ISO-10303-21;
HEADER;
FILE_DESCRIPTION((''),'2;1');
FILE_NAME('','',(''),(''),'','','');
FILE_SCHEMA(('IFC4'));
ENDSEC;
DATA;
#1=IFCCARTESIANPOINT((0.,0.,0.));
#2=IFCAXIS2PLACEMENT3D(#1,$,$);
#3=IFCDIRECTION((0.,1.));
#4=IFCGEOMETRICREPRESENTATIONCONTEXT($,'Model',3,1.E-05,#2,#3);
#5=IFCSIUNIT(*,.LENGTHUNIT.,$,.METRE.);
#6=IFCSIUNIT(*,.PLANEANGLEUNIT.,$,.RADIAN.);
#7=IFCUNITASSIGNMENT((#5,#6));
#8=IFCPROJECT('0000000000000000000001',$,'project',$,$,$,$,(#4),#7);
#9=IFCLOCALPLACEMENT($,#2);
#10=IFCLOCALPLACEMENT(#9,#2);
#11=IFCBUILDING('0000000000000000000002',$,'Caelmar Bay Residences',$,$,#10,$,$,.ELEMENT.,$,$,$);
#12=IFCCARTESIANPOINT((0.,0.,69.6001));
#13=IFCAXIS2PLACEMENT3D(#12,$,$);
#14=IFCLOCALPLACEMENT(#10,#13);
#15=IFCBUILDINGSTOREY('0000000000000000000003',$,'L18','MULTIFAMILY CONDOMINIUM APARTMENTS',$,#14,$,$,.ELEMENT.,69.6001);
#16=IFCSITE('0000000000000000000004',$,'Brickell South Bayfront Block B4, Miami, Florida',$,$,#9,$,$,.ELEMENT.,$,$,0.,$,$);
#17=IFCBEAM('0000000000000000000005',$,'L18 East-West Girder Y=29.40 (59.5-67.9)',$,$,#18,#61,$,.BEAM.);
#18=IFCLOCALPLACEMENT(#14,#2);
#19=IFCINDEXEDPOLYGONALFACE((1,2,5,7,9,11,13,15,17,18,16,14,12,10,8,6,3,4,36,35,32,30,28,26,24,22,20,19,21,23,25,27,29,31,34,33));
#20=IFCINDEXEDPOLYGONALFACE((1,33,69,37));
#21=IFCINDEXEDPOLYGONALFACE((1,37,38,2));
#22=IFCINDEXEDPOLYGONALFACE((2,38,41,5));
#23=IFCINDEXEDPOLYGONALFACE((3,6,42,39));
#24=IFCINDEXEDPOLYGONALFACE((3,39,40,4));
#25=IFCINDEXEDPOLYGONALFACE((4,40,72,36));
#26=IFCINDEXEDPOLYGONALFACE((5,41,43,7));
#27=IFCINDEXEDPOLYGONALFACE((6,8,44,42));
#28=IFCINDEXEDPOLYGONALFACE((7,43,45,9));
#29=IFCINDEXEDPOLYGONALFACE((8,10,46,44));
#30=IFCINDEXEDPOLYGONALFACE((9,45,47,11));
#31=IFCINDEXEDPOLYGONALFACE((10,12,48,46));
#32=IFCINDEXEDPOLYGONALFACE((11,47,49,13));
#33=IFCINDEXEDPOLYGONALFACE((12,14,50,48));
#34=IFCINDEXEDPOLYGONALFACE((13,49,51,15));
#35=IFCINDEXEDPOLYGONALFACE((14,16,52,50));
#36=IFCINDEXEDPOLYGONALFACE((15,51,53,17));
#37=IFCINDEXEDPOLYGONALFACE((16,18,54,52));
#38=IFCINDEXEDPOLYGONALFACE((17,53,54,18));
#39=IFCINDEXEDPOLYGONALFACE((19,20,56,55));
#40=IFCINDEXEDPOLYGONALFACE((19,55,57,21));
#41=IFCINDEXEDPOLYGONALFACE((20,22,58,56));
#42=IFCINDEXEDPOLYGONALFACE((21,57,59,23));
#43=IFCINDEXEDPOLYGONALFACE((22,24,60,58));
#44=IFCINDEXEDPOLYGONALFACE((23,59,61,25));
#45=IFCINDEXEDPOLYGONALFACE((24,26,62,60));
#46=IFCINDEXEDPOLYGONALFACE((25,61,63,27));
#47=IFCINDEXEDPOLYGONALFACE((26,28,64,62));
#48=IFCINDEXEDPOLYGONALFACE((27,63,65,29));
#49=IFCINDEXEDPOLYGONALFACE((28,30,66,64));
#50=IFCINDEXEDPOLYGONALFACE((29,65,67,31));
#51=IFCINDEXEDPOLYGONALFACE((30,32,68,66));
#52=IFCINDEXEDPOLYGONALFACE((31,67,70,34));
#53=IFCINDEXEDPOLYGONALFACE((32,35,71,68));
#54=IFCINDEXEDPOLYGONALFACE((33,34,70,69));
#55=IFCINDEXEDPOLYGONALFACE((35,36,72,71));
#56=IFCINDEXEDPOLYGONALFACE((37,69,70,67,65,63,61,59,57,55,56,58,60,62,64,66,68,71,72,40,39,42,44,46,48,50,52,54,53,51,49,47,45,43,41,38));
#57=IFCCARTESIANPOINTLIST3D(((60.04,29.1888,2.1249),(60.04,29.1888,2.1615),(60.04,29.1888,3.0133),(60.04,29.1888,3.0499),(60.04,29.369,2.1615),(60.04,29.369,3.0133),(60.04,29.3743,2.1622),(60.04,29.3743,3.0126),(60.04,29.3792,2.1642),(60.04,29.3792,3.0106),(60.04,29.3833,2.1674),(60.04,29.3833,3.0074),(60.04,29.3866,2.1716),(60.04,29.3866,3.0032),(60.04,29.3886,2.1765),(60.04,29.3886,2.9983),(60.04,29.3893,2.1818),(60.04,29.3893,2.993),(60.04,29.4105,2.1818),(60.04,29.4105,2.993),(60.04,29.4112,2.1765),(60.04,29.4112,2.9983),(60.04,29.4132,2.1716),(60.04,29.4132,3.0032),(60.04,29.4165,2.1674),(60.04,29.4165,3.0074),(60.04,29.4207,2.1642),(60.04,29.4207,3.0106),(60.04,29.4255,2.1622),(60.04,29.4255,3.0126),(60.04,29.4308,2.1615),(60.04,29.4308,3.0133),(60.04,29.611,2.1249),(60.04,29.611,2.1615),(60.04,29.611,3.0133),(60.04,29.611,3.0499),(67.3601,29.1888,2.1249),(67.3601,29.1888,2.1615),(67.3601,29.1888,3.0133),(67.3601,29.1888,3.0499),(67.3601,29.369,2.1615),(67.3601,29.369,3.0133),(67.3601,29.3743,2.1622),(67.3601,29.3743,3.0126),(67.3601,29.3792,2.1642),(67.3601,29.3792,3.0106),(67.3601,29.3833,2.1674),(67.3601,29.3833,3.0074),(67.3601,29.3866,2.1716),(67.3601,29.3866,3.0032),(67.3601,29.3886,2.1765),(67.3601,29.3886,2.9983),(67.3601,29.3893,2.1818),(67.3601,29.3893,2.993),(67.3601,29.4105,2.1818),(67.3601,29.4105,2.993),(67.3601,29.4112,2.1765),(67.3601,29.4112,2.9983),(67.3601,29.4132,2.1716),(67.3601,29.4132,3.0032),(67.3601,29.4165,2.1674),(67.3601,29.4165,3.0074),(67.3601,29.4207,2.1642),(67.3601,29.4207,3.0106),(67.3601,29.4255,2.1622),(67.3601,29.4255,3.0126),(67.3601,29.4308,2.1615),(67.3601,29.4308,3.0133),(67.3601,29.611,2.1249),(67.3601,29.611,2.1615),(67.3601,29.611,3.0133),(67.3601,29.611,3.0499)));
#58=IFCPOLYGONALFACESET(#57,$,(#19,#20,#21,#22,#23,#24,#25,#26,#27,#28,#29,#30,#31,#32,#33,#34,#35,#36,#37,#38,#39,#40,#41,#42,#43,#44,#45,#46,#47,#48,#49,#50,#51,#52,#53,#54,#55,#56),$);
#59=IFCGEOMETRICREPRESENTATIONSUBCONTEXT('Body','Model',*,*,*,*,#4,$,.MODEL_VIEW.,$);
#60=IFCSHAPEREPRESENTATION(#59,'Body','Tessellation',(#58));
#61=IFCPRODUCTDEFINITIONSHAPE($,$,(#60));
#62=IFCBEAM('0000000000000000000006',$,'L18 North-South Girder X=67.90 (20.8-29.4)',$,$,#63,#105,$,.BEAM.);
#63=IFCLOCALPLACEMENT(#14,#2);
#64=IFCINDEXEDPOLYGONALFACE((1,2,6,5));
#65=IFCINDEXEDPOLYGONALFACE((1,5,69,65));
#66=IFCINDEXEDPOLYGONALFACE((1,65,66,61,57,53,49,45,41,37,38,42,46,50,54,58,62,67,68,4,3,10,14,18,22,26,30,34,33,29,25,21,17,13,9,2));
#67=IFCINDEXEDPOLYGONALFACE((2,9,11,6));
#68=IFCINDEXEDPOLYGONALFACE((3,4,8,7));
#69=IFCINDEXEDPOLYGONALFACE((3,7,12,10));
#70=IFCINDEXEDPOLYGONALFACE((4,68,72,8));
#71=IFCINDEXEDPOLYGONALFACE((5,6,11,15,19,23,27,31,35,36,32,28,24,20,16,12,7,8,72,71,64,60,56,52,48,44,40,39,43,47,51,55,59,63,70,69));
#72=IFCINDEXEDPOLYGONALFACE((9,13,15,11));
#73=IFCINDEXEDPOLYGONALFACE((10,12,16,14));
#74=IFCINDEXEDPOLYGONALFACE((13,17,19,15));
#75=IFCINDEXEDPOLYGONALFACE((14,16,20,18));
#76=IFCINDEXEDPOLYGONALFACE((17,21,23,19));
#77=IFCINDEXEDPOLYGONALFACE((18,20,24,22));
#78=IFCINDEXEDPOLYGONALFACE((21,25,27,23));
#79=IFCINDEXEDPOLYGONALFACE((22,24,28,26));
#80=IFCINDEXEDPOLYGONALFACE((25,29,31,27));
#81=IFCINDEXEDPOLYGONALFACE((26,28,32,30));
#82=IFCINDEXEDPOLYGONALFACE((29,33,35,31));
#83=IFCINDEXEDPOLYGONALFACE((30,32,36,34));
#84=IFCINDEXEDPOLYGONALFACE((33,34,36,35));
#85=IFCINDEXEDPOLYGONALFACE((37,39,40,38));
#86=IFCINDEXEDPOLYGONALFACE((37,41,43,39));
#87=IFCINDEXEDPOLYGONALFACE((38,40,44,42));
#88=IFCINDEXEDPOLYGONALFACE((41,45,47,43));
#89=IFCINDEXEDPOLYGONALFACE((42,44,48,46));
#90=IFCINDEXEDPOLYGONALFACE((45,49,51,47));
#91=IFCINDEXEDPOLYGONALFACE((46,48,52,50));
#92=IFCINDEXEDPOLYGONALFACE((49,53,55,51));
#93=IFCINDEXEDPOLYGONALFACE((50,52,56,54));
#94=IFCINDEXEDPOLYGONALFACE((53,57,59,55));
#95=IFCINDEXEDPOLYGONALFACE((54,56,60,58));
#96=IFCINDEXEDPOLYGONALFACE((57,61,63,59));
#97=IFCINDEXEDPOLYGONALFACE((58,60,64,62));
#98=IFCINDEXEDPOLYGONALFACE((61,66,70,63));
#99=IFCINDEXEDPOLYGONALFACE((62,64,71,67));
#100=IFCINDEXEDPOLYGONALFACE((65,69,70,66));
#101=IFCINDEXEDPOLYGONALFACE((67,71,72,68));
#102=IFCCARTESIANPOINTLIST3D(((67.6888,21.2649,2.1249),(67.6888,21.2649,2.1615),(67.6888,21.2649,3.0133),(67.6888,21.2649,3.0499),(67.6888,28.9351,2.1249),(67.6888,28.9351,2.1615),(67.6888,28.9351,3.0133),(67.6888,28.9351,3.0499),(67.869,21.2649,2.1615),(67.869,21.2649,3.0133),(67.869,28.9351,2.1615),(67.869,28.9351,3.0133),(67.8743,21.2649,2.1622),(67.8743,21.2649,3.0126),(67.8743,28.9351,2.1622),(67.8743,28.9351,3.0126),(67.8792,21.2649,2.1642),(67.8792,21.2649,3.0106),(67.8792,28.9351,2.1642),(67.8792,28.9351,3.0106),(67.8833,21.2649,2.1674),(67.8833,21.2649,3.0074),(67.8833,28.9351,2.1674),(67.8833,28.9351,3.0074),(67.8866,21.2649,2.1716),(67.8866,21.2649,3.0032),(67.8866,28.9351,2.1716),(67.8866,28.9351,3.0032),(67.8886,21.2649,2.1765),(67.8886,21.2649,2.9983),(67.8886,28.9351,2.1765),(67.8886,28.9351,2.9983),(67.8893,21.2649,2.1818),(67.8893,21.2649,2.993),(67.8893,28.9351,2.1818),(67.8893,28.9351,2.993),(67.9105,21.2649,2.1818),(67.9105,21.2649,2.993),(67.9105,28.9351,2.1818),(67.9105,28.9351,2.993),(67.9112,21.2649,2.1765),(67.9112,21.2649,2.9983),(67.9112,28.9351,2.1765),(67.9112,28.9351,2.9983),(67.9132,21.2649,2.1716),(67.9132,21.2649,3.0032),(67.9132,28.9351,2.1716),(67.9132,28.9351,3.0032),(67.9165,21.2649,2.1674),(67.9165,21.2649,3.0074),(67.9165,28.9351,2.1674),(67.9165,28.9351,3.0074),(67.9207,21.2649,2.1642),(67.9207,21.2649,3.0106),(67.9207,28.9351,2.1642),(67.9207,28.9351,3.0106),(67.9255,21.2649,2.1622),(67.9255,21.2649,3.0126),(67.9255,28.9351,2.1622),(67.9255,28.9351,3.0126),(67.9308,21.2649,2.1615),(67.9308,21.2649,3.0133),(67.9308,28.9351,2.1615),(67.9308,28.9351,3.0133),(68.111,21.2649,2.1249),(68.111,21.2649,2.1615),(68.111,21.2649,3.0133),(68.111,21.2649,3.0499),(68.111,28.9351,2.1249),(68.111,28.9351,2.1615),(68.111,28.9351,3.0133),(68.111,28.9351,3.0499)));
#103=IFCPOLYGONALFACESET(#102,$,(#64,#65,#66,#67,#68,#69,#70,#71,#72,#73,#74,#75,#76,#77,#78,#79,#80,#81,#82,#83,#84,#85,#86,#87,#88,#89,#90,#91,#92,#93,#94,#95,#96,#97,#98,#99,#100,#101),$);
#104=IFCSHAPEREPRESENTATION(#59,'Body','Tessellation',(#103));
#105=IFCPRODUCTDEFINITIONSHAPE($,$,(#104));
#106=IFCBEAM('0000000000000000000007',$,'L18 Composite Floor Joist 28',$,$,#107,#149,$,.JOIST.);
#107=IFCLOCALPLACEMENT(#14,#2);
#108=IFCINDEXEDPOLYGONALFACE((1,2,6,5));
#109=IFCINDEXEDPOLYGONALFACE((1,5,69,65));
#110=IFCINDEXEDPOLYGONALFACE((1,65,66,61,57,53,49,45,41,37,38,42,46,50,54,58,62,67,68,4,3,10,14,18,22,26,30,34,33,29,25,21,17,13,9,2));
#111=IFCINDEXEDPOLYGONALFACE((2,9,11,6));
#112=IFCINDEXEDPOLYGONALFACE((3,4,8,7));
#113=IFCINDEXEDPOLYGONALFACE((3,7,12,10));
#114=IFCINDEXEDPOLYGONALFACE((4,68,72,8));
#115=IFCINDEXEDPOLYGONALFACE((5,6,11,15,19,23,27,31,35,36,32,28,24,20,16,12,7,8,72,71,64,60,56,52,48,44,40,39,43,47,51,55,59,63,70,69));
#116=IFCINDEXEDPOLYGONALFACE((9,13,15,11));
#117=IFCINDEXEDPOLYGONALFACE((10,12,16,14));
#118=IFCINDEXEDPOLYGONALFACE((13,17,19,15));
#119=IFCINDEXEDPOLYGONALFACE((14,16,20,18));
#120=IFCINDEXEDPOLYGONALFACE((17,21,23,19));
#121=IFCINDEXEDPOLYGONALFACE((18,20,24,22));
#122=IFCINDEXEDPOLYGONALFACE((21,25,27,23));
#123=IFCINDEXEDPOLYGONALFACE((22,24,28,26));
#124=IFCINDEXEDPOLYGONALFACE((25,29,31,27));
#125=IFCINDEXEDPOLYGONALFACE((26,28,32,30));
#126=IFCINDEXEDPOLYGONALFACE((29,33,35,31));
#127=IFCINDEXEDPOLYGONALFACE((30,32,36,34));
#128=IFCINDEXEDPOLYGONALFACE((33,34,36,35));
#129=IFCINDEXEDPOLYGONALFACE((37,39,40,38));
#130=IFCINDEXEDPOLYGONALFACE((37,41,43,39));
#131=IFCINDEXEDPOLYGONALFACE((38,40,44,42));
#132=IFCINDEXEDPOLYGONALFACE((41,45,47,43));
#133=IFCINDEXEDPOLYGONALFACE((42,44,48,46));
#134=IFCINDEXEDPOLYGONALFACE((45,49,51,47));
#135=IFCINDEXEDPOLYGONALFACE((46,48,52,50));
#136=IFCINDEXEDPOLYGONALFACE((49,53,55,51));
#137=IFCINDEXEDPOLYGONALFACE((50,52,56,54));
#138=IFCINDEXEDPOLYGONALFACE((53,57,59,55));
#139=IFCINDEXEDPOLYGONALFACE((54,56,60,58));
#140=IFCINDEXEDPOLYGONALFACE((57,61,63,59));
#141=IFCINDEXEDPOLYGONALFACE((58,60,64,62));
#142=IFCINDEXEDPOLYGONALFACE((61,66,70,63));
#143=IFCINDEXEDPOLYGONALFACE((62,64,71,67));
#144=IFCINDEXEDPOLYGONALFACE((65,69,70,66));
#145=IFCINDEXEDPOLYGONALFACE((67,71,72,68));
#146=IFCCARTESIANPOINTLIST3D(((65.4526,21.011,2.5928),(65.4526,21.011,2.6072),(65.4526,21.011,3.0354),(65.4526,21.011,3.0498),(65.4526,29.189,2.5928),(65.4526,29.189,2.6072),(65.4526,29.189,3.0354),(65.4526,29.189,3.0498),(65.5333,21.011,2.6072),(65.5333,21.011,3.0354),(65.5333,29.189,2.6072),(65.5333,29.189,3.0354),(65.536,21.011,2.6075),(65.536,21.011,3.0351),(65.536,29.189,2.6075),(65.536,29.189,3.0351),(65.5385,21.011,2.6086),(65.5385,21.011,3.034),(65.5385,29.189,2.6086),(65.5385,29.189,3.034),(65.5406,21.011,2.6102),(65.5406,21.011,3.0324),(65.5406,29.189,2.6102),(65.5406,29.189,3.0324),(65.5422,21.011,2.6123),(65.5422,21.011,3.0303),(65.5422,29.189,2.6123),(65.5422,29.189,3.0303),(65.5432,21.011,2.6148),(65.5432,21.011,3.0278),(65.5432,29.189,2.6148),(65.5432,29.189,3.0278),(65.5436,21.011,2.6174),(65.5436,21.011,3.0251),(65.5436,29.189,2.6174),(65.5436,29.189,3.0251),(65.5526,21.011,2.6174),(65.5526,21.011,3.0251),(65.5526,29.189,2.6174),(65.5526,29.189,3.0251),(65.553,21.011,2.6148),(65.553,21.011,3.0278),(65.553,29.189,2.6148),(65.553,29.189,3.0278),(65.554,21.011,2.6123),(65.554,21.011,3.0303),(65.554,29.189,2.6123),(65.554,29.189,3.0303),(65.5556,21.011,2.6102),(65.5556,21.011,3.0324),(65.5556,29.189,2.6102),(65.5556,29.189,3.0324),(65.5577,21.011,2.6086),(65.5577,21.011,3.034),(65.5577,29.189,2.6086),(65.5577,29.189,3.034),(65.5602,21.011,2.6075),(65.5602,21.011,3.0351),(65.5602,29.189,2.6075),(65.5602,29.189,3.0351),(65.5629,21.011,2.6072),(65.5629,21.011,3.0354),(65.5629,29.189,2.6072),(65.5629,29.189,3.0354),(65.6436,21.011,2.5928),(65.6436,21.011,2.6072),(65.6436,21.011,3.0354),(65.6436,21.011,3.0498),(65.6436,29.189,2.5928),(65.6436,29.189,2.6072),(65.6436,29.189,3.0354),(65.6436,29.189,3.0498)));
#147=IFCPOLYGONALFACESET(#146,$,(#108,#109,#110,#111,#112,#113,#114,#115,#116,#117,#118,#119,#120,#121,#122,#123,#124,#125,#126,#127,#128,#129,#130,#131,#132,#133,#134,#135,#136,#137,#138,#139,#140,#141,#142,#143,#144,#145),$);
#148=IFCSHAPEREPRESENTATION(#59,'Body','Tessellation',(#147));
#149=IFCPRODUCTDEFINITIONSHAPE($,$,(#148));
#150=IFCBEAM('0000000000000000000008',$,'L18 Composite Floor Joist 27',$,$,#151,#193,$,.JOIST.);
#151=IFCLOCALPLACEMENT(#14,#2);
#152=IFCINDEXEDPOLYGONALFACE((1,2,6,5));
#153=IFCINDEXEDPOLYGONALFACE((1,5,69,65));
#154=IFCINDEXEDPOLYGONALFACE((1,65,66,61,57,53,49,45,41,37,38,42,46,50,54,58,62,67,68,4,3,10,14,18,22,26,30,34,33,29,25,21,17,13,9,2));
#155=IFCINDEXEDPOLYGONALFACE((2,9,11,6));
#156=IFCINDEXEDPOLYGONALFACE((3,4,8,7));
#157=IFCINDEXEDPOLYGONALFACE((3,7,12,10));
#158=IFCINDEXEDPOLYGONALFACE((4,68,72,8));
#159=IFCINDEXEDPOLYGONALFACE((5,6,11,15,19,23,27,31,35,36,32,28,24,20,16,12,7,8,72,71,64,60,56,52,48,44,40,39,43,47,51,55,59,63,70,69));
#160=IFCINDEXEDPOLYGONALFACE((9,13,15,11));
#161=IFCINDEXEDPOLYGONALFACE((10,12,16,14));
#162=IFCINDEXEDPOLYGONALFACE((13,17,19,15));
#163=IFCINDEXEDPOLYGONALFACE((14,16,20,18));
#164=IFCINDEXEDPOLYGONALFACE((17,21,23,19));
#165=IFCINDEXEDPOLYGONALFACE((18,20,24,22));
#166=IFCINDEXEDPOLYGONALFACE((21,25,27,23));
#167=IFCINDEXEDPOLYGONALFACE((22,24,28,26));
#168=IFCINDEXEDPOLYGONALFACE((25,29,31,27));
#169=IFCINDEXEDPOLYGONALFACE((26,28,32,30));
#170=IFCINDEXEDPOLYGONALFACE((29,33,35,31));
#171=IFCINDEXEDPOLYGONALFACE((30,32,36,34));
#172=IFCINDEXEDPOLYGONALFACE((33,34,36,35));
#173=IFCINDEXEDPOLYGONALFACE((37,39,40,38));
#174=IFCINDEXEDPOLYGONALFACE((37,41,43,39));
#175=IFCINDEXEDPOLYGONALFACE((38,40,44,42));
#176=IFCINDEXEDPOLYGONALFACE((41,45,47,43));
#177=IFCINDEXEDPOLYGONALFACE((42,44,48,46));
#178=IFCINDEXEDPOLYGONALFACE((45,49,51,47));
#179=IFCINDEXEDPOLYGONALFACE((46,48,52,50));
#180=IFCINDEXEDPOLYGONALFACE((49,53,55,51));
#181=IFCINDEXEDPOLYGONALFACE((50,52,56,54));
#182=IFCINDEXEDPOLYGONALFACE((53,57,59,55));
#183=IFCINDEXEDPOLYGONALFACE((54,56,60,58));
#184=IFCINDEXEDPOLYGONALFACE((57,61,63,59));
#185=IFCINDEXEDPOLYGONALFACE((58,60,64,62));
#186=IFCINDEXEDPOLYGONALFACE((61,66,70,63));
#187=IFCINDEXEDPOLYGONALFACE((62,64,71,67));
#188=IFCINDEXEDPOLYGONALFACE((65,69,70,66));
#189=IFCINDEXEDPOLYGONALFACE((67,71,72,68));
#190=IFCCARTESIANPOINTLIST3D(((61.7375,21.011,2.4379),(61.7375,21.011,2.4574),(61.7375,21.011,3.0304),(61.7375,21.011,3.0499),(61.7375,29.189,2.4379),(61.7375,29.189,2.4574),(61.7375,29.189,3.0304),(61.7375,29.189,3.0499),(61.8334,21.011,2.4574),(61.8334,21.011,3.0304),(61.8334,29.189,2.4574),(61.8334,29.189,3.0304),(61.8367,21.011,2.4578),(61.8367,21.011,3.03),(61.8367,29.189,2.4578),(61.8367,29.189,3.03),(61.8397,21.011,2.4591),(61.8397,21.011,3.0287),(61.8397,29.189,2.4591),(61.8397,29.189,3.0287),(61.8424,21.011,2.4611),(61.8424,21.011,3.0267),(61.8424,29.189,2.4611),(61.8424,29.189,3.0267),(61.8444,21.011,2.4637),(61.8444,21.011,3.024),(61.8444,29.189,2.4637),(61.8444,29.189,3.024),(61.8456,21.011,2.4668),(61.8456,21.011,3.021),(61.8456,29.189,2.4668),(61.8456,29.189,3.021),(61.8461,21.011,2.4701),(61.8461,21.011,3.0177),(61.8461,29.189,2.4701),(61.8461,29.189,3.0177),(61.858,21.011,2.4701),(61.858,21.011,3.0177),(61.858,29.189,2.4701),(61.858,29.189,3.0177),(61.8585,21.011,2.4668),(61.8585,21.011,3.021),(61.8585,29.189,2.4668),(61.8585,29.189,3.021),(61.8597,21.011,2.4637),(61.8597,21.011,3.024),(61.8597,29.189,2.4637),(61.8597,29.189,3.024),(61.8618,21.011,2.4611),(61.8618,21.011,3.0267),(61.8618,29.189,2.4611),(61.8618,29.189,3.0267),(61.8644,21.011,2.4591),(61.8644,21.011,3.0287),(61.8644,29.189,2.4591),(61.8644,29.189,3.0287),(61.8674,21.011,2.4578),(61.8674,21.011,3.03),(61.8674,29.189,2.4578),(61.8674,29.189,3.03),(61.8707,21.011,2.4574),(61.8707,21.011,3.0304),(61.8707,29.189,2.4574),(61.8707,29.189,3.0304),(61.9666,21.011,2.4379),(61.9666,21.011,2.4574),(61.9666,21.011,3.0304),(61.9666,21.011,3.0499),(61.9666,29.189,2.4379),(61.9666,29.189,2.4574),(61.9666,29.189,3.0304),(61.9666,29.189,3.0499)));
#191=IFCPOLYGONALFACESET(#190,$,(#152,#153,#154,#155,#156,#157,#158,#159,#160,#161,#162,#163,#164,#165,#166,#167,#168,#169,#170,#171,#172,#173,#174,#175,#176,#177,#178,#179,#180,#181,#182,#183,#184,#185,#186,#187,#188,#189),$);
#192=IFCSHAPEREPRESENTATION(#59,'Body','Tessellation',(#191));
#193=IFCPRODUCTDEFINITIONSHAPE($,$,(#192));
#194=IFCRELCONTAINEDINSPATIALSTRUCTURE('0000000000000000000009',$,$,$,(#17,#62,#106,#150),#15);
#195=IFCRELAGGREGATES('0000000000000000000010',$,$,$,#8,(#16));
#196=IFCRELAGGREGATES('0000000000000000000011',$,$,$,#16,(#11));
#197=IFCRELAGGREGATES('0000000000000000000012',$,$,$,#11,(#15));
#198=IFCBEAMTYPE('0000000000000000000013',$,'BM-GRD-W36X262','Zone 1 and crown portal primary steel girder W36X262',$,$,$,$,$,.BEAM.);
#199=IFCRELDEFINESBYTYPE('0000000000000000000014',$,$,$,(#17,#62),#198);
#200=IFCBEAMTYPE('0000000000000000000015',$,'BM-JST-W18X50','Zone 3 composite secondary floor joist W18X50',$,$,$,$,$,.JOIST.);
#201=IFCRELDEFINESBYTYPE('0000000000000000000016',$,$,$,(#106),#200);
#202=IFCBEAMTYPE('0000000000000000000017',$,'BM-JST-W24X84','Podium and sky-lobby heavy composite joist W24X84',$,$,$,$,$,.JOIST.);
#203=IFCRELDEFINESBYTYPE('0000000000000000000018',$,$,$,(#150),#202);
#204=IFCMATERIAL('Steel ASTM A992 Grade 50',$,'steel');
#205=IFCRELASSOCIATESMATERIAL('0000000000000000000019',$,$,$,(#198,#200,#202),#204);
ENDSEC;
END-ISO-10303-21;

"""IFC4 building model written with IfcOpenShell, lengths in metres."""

from ifc_helpers import new_model, si_unit, direction, frame, origin, origin_2d, place, context, subcontext, project, spatial, i_section, extrude, material, material_profile, profile_set, type_object, element, save


model = new_model("IFC4")

# Units and contexts
model_context = context("Model", 3, precision=1e-05, world=origin(), true_north=direction((0.0, 1.0)))
body_context = subcontext(model_context, "Body", "Model", "MODEL_VIEW")
ifc_project = project(units=[si_unit("LENGTHUNIT", "METRE"), si_unit("PLANEANGLEUNIT", "RADIAN")], contexts=[model_context])

# Site, building, storey
site_placement = place(None, origin())
site = spatial("IfcSite", under=ifc_project, at=site_placement, Name="Brickell South Bayfront Block B4, Miami, Florida", CompositionType="ELEMENT", RefElevation=0.0)
building_placement = place(site_placement, origin())
building = spatial("IfcBuilding", under=site, at=building_placement, Name="Caelmar Bay Residences", CompositionType="ELEMENT")
storey_placement = place(building_placement, frame((0.0, 0.0, 69.6001)))
storey = spatial("IfcBuildingStorey", under=building, at=storey_placement, Name="L18", Description="MULTIFAMILY CONDOMINIUM APARTMENTS", CompositionType="ELEMENT", Elevation=69.6001)

# Beams
ifc_material_1 = material(Name="Steel ASTM A992 Grade 50", Category="steel")
ifc_material_profile_1 = material_profile(ifc_material_1, i_section(OverallWidth=0.4221, OverallDepth=0.925, WebThickness=0.0212, FlangeThickness=0.0366, FilletRadius=0.0203, at=origin_2d()), Name="W36X262")
ifc_profile_set_1 = profile_set([ifc_material_profile_1], Name="Steel ASTM A992 Grade 50")
beam_type_1 = type_object("IfcBeamType", Name="BM-GRD-W36X262", Description="Zone 1 and crown portal primary steel girder W36X262", PredefinedType="BEAM", material=ifc_profile_set_1)
beam_1_placement = place(storey_placement, frame((60.04, 29.3999, 2.5874), z_axis=(1.0, 0.0, 0.0), x_axis=(0.0, 1.0, 0.0)))
element("IfcBeam", 1, at=beam_1_placement, inside=storey, type_object=beam_type_1, Name="L18 East-West Girder Y=29.40 (59.5-67.9)", PredefinedType="BEAM", context=body_context, shape_type="SweptSolid", body=[
    extrude(i_section(OverallWidth=0.4221, OverallDepth=0.925, WebThickness=0.0212, FlangeThickness=0.0366, FilletRadius=0.0203, at=origin_2d()), origin(), (0.0, 0.0, 1.0), 7.3201),
])
beam_2_placement = place(storey_placement, frame((67.8999, 21.2649, 2.5874), z_axis=(0.0, 1.0, 0.0), x_axis=(-1.0, 0.0, 0.0)))
element("IfcBeam", 2, at=beam_2_placement, inside=storey, type_object=beam_type_1, Name="L18 North-South Girder X=67.90 (20.8-29.4)", PredefinedType="BEAM", context=body_context, shape_type="SweptSolid", body=[
    extrude(i_section(OverallWidth=0.4221, OverallDepth=0.925, WebThickness=0.0212, FlangeThickness=0.0366, FilletRadius=0.0203, at=origin_2d()), origin(), (0.0, 0.0, 1.0), 7.6702),
])
ifc_material_profile_2 = material_profile(ifc_material_1, i_section(OverallWidth=0.1909, OverallDepth=0.457, WebThickness=0.009, FlangeThickness=0.0144, FilletRadius=0.0103, at=origin_2d()), Name="W18X50")
ifc_profile_set_2 = profile_set([ifc_material_profile_2], Name="Steel ASTM A992 Grade 50")
beam_type_2 = type_object("IfcBeamType", Name="BM-JST-W18X50", Description="Zone 3 composite secondary floor joist W18X50", PredefinedType="JOIST", material=ifc_profile_set_2)
beam_3_placement = place(storey_placement, frame((65.5481, 21.011, 2.8213), z_axis=(0.0, 1.0, 0.0), x_axis=(-1.0, 0.0, 0.0)))
element("IfcBeam", 3, at=beam_3_placement, inside=storey, type_object=beam_type_2, Name="L18 Composite Floor Joist 28", PredefinedType="JOIST", context=body_context, shape_type="SweptSolid", body=[
    extrude(i_section(OverallWidth=0.1909, OverallDepth=0.457, WebThickness=0.009, FlangeThickness=0.0144, FilletRadius=0.0103, at=origin_2d()), origin(), (0.0, 0.0, 1.0), 8.178),
])
ifc_material_profile_3 = material_profile(ifc_material_1, i_section(OverallWidth=0.229, OverallDepth=0.6121, WebThickness=0.012, FlangeThickness=0.0195, FilletRadius=0.0127, at=origin_2d()), Name="W24X84")
ifc_profile_set_3 = profile_set([ifc_material_profile_3], Name="Steel ASTM A992 Grade 50")
beam_type_3 = type_object("IfcBeamType", Name="BM-JST-W24X84", Description="Podium and sky-lobby heavy composite joist W24X84", PredefinedType="JOIST", material=ifc_profile_set_3)
beam_4_placement = place(storey_placement, frame((61.8521, 21.011, 2.7439), z_axis=(0.0, 1.0, 0.0), x_axis=(-1.0, 0.0, 0.0)))
element("IfcBeam", 4, at=beam_4_placement, inside=storey, type_object=beam_type_3, Name="L18 Composite Floor Joist 27", PredefinedType="JOIST", context=body_context, shape_type="SweptSolid", body=[
    extrude(i_section(OverallWidth=0.229, OverallDepth=0.6121, WebThickness=0.012, FlangeThickness=0.0195, FilletRadius=0.0127, at=origin_2d()), origin(), (0.0, 0.0, 1.0), 8.178),
])

save(model, "model.ifc")
